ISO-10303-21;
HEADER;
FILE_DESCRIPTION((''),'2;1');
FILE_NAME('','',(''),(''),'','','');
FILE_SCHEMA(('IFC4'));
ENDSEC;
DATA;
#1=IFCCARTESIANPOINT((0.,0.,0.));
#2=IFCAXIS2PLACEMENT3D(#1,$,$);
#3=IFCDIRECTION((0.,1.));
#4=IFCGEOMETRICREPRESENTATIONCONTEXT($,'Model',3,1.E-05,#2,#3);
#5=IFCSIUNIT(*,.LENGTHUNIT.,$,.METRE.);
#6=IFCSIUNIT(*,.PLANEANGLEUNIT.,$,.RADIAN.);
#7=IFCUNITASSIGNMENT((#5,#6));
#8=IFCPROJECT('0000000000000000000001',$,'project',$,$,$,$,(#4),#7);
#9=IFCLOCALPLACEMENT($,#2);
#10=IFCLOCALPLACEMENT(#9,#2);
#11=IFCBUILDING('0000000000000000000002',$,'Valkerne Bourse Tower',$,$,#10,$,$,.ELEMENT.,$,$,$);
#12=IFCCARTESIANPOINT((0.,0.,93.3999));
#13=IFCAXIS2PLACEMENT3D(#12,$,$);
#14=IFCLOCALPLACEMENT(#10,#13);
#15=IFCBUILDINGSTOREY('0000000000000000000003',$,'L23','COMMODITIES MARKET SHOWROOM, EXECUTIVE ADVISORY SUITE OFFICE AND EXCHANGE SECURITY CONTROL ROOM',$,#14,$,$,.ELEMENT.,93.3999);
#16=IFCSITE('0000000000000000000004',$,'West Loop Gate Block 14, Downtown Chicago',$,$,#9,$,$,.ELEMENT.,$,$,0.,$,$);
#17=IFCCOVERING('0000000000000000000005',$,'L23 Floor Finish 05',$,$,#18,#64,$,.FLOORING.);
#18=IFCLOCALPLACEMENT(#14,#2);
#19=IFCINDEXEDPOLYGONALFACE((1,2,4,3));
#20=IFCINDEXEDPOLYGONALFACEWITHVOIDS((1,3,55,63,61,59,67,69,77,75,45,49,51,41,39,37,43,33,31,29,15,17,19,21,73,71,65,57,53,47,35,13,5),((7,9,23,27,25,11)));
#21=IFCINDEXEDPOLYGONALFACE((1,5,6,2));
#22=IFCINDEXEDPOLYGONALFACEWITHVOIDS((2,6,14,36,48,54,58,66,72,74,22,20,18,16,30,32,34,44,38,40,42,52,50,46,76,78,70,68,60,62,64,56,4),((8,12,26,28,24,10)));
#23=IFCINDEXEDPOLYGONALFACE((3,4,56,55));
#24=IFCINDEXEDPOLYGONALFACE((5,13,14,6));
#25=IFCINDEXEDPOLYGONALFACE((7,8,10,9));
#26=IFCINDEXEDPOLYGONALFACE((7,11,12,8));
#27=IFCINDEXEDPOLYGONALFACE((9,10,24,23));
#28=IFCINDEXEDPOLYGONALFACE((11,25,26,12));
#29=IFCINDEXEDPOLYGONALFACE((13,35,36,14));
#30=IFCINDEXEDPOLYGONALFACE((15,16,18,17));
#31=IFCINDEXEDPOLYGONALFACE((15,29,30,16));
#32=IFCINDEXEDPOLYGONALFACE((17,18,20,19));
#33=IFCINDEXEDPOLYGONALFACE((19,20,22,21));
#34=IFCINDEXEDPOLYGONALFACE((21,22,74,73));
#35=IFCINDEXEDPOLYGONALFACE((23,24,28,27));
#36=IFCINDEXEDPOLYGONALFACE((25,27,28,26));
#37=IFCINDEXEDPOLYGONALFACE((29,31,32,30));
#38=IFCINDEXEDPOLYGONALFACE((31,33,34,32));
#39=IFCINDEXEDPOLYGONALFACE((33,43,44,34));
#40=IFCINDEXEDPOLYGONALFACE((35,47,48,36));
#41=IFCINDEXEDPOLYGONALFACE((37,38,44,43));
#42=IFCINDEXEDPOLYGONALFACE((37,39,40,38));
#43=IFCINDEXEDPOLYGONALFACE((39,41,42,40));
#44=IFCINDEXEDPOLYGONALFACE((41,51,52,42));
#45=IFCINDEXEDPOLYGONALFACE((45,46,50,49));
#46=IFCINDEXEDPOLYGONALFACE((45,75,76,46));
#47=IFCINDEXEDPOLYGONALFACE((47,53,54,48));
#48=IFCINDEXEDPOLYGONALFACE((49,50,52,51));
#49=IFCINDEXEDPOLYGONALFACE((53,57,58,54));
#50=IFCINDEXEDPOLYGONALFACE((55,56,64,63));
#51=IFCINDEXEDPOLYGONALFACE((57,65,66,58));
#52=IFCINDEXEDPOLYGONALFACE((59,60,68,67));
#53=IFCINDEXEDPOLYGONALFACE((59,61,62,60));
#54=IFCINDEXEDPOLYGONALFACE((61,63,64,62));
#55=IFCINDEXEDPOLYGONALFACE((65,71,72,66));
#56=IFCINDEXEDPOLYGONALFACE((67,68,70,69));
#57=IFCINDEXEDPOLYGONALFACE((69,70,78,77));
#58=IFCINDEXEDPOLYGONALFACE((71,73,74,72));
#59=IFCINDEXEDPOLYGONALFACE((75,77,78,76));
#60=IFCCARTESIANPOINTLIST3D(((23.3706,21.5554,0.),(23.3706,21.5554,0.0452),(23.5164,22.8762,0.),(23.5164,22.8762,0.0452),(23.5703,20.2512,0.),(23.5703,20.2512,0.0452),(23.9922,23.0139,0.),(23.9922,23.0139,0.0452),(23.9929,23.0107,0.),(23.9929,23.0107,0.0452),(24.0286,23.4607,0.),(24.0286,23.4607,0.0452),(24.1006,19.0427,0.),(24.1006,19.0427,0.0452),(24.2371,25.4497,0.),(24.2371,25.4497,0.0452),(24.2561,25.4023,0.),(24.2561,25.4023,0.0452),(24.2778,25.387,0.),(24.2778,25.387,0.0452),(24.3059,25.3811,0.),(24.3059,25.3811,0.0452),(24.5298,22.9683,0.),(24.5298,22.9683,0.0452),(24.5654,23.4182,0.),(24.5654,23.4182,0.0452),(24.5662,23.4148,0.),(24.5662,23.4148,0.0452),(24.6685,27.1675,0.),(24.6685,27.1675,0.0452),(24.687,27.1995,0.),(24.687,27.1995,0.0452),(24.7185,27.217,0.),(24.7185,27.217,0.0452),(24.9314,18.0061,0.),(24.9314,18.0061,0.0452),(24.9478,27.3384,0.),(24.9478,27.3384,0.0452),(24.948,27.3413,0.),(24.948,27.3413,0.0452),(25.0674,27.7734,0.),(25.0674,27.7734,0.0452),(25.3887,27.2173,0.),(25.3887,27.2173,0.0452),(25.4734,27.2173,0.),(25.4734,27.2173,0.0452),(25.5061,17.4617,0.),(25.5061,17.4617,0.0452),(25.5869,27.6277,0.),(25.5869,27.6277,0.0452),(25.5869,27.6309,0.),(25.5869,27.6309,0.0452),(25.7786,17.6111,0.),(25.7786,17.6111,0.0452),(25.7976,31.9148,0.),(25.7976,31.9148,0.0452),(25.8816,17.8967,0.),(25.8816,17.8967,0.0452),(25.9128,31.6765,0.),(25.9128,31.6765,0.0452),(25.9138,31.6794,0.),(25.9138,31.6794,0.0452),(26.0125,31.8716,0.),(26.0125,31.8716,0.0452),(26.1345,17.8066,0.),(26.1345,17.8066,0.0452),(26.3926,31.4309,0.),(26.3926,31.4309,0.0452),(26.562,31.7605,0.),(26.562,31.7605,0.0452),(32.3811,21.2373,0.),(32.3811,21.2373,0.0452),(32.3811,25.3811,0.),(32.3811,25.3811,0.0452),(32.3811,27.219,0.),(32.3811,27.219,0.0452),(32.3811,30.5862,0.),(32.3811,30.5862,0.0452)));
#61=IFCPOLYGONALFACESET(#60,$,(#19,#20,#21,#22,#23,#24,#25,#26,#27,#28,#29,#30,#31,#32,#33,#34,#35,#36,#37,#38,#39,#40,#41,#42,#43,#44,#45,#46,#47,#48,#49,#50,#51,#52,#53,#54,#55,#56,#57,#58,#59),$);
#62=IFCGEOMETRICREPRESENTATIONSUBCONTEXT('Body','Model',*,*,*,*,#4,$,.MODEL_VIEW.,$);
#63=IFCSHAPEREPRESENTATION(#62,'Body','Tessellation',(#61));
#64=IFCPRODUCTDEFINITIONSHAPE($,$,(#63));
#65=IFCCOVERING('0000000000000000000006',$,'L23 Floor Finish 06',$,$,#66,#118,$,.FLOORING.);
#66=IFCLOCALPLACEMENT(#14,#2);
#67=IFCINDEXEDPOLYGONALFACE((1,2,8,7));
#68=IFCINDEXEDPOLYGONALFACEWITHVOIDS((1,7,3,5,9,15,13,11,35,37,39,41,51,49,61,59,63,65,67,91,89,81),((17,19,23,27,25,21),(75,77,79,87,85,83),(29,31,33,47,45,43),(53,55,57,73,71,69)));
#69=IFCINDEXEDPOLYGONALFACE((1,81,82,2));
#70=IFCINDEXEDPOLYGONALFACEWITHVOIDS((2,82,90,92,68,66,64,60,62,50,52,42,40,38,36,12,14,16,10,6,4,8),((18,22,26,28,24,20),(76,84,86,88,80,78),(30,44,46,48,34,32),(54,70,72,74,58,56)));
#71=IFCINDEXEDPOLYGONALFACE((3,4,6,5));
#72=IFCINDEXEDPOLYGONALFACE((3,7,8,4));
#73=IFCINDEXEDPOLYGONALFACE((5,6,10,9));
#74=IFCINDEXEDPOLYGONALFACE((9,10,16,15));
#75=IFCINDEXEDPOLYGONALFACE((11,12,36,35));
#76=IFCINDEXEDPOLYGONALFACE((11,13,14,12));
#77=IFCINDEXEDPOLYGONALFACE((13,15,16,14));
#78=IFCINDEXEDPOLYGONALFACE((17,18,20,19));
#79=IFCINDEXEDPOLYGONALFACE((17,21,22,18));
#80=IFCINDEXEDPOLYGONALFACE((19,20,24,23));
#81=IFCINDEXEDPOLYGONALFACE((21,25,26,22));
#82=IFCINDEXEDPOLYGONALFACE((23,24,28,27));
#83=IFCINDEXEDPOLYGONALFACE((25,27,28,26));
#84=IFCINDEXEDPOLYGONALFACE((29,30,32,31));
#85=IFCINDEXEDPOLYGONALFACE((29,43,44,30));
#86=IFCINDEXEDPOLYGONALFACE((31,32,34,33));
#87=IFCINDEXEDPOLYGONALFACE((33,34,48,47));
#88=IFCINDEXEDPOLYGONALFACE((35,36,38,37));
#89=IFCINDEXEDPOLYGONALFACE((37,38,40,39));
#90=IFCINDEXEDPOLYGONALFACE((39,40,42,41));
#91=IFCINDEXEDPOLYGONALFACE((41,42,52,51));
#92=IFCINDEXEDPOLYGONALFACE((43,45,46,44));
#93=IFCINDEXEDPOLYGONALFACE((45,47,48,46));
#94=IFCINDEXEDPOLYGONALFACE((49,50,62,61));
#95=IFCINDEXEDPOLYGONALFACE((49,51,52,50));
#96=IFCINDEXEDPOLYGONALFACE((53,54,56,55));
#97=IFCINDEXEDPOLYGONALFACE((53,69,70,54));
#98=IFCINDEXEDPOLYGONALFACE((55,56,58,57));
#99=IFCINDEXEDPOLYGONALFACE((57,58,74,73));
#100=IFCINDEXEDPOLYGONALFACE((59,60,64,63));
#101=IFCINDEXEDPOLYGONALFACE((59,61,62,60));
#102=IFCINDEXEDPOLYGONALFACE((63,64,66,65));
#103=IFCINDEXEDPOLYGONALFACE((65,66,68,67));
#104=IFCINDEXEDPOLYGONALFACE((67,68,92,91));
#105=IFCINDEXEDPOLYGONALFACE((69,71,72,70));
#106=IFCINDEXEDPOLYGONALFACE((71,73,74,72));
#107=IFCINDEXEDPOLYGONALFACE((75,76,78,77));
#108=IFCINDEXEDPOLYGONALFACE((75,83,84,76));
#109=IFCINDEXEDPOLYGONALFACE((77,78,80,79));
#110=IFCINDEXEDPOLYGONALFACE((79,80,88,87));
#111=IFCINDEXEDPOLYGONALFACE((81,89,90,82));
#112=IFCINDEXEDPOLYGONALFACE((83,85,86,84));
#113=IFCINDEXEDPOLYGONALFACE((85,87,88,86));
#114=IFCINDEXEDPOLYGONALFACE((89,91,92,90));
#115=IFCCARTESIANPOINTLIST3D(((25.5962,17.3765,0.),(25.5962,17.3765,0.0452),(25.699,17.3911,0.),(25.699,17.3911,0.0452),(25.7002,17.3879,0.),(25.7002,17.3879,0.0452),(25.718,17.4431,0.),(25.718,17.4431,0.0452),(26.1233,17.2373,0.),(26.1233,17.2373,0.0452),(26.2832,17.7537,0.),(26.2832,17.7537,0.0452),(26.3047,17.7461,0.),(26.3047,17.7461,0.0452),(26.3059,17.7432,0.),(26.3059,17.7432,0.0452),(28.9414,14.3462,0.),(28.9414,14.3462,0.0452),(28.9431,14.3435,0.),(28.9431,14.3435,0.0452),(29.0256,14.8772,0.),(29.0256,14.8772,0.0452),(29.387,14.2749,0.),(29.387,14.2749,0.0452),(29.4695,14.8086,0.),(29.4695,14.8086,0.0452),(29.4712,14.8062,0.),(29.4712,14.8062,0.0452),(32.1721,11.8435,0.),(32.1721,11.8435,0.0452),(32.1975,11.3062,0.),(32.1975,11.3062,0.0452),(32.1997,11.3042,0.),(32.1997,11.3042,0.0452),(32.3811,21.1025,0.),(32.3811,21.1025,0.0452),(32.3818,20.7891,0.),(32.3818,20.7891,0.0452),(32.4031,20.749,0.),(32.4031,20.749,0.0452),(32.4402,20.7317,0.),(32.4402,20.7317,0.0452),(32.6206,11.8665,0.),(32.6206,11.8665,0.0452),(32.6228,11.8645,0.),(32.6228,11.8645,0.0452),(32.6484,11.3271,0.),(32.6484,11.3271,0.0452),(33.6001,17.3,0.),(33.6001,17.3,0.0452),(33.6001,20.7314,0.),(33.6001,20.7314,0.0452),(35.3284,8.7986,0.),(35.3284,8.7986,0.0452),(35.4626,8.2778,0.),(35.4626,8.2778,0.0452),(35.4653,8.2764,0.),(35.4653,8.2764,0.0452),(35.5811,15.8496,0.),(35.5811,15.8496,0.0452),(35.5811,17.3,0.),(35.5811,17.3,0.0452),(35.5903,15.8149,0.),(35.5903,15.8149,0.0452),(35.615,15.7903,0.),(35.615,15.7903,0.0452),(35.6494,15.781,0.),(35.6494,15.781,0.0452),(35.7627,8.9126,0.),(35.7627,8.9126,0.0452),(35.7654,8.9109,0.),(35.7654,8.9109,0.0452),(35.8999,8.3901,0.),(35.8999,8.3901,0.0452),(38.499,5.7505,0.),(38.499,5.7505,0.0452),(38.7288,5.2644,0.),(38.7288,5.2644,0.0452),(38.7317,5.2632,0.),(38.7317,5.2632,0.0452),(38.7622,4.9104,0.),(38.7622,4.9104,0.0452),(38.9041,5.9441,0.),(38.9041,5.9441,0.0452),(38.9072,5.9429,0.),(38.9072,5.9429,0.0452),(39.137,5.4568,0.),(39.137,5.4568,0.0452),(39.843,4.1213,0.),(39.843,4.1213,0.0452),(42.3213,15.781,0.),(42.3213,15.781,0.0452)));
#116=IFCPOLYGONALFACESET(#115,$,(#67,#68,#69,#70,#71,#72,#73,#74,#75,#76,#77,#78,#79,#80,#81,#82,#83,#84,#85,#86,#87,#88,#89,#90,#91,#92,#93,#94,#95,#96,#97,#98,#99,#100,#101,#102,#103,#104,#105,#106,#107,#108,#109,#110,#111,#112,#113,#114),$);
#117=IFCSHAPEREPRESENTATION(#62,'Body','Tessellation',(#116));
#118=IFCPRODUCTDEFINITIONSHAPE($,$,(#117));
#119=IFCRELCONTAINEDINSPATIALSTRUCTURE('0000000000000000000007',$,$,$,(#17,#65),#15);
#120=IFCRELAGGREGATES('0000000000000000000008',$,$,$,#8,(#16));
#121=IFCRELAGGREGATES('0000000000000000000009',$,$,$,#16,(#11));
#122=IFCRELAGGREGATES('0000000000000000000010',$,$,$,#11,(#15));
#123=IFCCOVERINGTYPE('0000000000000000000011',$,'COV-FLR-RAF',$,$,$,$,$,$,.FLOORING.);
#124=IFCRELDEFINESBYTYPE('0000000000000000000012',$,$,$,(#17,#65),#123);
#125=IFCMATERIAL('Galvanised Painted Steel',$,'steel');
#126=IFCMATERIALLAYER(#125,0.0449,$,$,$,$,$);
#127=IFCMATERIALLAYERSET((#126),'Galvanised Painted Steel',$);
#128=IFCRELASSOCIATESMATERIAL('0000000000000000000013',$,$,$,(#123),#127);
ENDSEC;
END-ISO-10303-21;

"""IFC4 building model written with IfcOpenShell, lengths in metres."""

from ifc_helpers import new_model, si_unit, direction, frame, origin, place, context, subcontext, project, spatial, polyline, outline, extrude, material, layer, layer_set, type_object, element, save


model = new_model("IFC4")

# Units and contexts
model_context = context("Model", 3, precision=1e-05, world=origin(), true_north=direction((0.0, 1.0)))
body_context = subcontext(model_context, "Body", "Model", "MODEL_VIEW")
ifc_project = project(units=[si_unit("LENGTHUNIT", "METRE"), si_unit("PLANEANGLEUNIT", "RADIAN")], contexts=[model_context])

# Site, building, storey
site_placement = place(None, origin())
site = spatial("IfcSite", under=ifc_project, at=site_placement, Name="West Loop Gate Block 14, Downtown Chicago", CompositionType="ELEMENT", RefElevation=0.0)
building_placement = place(site_placement, origin())
building = spatial("IfcBuilding", under=site, at=building_placement, Name="Valkerne Bourse Tower", CompositionType="ELEMENT")
storey_placement = place(building_placement, frame((0.0, 0.0, 93.3999)))
storey = spatial("IfcBuildingStorey", under=building, at=storey_placement, Name="L23", Description="COMMODITIES MARKET SHOWROOM, EXECUTIVE ADVISORY SUITE OFFICE AND EXCHANGE SECURITY CONTROL ROOM", CompositionType="ELEMENT", Elevation=93.3999)

# Coverings
ifc_material_1 = material(Name="Galvanised Painted Steel", Category="steel")
ifc_layer_1 = layer(ifc_material_1, 0.0449)
ifc_layer_set_1 = layer_set([ifc_layer_1], Name="Galvanised Painted Steel")
covering_type_1 = type_object("IfcCoveringType", Name="COV-FLR-RAF", PredefinedType="FLOORING", material=ifc_layer_set_1)
covering_1_placement = place(storey_placement, origin())
element("IfcCovering", 1, at=covering_1_placement, inside=storey, type_object=covering_type_1, Name="L23 Floor Finish 05", PredefinedType="FLOORING", context=body_context, shape_type="SweptSolid", body=[
    extrude(outline(polyline([(23.5703, 20.2512), (23.3706, 21.5554), (23.5164, 22.8762), (25.7976, 31.9148), (26.0125, 31.8716), (25.9138, 31.6794), (25.9128, 31.6765), (26.3926, 31.4309), (26.562, 31.7605), (32.3811, 30.5862), (32.3811, 27.219), (25.4734, 27.2173), (25.5869, 27.6277), (25.5869, 27.6309), (25.0674, 27.7734), (24.948, 27.3413), (24.9478, 27.3384), (25.3887, 27.2173), (24.7185, 27.217), (24.687, 27.1995), (24.6685, 27.1675), (24.2371, 25.4497), (24.2561, 25.4023), (24.2778, 25.387), (24.3059, 25.3811), (32.3811, 25.3811), (32.3811, 21.2373), (26.1345, 17.8066), (25.8816, 17.8967), (25.7786, 17.6111), (25.5061, 17.4617), (24.9314, 18.0061), (24.1006, 19.0427), (23.5703, 20.2512)]), holes=[polyline([(24.5654, 23.4182), (24.0286, 23.4607), (23.9922, 23.0139), (23.9929, 23.0107), (24.5298, 22.9683), (24.5662, 23.4148), (24.5654, 23.4182)])]), origin(), (0.0, 0.0, 1.0), 0.0452),
])
covering_2_placement = place(storey_placement, origin())
element("IfcCovering", 2, at=covering_2_placement, inside=storey, type_object=covering_type_1, Name="L23 Floor Finish 06", PredefinedType="FLOORING", context=body_context, shape_type="SweptSolid", body=[
    extrude(outline(polyline([(25.5962, 17.3765), (25.718, 17.4431), (25.699, 17.3911), (25.7002, 17.3879), (26.1233, 17.2373), (26.3059, 17.7432), (26.3047, 17.7461), (26.2832, 17.7537), (32.3811, 21.1025), (32.3818, 20.7891), (32.4031, 20.749), (32.4402, 20.7317), (33.6001, 20.7314), (33.6001, 17.3), (35.5811, 17.3), (35.5811, 15.8496), (35.5903, 15.8149), (35.615, 15.7903), (35.6494, 15.781), (42.3213, 15.781), (39.843, 4.1213), (38.7622, 4.9104), (25.5962, 17.3765)]), holes=[polyline([(35.7654, 8.9109), (35.7627, 8.9126), (35.3284, 8.7986), (35.4626, 8.2778), (35.4653, 8.2764), (35.8999, 8.3901), (35.7654, 8.9109)]), polyline([(32.6228, 11.8645), (32.6206, 11.8665), (32.1721, 11.8435), (32.1975, 11.3062), (32.1997, 11.3042), (32.6484, 11.3271), (32.6228, 11.8645)]), polyline([(29.4712, 14.8062), (29.4695, 14.8086), (29.0256, 14.8772), (28.9414, 14.3462), (28.9431, 14.3435), (29.387, 14.2749), (29.4712, 14.8062)]), polyline([(38.9072, 5.9429), (38.9041, 5.9441), (38.499, 5.7505), (38.7288, 5.2644), (38.7317, 5.2632), (39.137, 5.4568), (38.9072, 5.9429)])]), origin(), (0.0, 0.0, 1.0), 0.0452),
])

save(model, "model.ifc")
